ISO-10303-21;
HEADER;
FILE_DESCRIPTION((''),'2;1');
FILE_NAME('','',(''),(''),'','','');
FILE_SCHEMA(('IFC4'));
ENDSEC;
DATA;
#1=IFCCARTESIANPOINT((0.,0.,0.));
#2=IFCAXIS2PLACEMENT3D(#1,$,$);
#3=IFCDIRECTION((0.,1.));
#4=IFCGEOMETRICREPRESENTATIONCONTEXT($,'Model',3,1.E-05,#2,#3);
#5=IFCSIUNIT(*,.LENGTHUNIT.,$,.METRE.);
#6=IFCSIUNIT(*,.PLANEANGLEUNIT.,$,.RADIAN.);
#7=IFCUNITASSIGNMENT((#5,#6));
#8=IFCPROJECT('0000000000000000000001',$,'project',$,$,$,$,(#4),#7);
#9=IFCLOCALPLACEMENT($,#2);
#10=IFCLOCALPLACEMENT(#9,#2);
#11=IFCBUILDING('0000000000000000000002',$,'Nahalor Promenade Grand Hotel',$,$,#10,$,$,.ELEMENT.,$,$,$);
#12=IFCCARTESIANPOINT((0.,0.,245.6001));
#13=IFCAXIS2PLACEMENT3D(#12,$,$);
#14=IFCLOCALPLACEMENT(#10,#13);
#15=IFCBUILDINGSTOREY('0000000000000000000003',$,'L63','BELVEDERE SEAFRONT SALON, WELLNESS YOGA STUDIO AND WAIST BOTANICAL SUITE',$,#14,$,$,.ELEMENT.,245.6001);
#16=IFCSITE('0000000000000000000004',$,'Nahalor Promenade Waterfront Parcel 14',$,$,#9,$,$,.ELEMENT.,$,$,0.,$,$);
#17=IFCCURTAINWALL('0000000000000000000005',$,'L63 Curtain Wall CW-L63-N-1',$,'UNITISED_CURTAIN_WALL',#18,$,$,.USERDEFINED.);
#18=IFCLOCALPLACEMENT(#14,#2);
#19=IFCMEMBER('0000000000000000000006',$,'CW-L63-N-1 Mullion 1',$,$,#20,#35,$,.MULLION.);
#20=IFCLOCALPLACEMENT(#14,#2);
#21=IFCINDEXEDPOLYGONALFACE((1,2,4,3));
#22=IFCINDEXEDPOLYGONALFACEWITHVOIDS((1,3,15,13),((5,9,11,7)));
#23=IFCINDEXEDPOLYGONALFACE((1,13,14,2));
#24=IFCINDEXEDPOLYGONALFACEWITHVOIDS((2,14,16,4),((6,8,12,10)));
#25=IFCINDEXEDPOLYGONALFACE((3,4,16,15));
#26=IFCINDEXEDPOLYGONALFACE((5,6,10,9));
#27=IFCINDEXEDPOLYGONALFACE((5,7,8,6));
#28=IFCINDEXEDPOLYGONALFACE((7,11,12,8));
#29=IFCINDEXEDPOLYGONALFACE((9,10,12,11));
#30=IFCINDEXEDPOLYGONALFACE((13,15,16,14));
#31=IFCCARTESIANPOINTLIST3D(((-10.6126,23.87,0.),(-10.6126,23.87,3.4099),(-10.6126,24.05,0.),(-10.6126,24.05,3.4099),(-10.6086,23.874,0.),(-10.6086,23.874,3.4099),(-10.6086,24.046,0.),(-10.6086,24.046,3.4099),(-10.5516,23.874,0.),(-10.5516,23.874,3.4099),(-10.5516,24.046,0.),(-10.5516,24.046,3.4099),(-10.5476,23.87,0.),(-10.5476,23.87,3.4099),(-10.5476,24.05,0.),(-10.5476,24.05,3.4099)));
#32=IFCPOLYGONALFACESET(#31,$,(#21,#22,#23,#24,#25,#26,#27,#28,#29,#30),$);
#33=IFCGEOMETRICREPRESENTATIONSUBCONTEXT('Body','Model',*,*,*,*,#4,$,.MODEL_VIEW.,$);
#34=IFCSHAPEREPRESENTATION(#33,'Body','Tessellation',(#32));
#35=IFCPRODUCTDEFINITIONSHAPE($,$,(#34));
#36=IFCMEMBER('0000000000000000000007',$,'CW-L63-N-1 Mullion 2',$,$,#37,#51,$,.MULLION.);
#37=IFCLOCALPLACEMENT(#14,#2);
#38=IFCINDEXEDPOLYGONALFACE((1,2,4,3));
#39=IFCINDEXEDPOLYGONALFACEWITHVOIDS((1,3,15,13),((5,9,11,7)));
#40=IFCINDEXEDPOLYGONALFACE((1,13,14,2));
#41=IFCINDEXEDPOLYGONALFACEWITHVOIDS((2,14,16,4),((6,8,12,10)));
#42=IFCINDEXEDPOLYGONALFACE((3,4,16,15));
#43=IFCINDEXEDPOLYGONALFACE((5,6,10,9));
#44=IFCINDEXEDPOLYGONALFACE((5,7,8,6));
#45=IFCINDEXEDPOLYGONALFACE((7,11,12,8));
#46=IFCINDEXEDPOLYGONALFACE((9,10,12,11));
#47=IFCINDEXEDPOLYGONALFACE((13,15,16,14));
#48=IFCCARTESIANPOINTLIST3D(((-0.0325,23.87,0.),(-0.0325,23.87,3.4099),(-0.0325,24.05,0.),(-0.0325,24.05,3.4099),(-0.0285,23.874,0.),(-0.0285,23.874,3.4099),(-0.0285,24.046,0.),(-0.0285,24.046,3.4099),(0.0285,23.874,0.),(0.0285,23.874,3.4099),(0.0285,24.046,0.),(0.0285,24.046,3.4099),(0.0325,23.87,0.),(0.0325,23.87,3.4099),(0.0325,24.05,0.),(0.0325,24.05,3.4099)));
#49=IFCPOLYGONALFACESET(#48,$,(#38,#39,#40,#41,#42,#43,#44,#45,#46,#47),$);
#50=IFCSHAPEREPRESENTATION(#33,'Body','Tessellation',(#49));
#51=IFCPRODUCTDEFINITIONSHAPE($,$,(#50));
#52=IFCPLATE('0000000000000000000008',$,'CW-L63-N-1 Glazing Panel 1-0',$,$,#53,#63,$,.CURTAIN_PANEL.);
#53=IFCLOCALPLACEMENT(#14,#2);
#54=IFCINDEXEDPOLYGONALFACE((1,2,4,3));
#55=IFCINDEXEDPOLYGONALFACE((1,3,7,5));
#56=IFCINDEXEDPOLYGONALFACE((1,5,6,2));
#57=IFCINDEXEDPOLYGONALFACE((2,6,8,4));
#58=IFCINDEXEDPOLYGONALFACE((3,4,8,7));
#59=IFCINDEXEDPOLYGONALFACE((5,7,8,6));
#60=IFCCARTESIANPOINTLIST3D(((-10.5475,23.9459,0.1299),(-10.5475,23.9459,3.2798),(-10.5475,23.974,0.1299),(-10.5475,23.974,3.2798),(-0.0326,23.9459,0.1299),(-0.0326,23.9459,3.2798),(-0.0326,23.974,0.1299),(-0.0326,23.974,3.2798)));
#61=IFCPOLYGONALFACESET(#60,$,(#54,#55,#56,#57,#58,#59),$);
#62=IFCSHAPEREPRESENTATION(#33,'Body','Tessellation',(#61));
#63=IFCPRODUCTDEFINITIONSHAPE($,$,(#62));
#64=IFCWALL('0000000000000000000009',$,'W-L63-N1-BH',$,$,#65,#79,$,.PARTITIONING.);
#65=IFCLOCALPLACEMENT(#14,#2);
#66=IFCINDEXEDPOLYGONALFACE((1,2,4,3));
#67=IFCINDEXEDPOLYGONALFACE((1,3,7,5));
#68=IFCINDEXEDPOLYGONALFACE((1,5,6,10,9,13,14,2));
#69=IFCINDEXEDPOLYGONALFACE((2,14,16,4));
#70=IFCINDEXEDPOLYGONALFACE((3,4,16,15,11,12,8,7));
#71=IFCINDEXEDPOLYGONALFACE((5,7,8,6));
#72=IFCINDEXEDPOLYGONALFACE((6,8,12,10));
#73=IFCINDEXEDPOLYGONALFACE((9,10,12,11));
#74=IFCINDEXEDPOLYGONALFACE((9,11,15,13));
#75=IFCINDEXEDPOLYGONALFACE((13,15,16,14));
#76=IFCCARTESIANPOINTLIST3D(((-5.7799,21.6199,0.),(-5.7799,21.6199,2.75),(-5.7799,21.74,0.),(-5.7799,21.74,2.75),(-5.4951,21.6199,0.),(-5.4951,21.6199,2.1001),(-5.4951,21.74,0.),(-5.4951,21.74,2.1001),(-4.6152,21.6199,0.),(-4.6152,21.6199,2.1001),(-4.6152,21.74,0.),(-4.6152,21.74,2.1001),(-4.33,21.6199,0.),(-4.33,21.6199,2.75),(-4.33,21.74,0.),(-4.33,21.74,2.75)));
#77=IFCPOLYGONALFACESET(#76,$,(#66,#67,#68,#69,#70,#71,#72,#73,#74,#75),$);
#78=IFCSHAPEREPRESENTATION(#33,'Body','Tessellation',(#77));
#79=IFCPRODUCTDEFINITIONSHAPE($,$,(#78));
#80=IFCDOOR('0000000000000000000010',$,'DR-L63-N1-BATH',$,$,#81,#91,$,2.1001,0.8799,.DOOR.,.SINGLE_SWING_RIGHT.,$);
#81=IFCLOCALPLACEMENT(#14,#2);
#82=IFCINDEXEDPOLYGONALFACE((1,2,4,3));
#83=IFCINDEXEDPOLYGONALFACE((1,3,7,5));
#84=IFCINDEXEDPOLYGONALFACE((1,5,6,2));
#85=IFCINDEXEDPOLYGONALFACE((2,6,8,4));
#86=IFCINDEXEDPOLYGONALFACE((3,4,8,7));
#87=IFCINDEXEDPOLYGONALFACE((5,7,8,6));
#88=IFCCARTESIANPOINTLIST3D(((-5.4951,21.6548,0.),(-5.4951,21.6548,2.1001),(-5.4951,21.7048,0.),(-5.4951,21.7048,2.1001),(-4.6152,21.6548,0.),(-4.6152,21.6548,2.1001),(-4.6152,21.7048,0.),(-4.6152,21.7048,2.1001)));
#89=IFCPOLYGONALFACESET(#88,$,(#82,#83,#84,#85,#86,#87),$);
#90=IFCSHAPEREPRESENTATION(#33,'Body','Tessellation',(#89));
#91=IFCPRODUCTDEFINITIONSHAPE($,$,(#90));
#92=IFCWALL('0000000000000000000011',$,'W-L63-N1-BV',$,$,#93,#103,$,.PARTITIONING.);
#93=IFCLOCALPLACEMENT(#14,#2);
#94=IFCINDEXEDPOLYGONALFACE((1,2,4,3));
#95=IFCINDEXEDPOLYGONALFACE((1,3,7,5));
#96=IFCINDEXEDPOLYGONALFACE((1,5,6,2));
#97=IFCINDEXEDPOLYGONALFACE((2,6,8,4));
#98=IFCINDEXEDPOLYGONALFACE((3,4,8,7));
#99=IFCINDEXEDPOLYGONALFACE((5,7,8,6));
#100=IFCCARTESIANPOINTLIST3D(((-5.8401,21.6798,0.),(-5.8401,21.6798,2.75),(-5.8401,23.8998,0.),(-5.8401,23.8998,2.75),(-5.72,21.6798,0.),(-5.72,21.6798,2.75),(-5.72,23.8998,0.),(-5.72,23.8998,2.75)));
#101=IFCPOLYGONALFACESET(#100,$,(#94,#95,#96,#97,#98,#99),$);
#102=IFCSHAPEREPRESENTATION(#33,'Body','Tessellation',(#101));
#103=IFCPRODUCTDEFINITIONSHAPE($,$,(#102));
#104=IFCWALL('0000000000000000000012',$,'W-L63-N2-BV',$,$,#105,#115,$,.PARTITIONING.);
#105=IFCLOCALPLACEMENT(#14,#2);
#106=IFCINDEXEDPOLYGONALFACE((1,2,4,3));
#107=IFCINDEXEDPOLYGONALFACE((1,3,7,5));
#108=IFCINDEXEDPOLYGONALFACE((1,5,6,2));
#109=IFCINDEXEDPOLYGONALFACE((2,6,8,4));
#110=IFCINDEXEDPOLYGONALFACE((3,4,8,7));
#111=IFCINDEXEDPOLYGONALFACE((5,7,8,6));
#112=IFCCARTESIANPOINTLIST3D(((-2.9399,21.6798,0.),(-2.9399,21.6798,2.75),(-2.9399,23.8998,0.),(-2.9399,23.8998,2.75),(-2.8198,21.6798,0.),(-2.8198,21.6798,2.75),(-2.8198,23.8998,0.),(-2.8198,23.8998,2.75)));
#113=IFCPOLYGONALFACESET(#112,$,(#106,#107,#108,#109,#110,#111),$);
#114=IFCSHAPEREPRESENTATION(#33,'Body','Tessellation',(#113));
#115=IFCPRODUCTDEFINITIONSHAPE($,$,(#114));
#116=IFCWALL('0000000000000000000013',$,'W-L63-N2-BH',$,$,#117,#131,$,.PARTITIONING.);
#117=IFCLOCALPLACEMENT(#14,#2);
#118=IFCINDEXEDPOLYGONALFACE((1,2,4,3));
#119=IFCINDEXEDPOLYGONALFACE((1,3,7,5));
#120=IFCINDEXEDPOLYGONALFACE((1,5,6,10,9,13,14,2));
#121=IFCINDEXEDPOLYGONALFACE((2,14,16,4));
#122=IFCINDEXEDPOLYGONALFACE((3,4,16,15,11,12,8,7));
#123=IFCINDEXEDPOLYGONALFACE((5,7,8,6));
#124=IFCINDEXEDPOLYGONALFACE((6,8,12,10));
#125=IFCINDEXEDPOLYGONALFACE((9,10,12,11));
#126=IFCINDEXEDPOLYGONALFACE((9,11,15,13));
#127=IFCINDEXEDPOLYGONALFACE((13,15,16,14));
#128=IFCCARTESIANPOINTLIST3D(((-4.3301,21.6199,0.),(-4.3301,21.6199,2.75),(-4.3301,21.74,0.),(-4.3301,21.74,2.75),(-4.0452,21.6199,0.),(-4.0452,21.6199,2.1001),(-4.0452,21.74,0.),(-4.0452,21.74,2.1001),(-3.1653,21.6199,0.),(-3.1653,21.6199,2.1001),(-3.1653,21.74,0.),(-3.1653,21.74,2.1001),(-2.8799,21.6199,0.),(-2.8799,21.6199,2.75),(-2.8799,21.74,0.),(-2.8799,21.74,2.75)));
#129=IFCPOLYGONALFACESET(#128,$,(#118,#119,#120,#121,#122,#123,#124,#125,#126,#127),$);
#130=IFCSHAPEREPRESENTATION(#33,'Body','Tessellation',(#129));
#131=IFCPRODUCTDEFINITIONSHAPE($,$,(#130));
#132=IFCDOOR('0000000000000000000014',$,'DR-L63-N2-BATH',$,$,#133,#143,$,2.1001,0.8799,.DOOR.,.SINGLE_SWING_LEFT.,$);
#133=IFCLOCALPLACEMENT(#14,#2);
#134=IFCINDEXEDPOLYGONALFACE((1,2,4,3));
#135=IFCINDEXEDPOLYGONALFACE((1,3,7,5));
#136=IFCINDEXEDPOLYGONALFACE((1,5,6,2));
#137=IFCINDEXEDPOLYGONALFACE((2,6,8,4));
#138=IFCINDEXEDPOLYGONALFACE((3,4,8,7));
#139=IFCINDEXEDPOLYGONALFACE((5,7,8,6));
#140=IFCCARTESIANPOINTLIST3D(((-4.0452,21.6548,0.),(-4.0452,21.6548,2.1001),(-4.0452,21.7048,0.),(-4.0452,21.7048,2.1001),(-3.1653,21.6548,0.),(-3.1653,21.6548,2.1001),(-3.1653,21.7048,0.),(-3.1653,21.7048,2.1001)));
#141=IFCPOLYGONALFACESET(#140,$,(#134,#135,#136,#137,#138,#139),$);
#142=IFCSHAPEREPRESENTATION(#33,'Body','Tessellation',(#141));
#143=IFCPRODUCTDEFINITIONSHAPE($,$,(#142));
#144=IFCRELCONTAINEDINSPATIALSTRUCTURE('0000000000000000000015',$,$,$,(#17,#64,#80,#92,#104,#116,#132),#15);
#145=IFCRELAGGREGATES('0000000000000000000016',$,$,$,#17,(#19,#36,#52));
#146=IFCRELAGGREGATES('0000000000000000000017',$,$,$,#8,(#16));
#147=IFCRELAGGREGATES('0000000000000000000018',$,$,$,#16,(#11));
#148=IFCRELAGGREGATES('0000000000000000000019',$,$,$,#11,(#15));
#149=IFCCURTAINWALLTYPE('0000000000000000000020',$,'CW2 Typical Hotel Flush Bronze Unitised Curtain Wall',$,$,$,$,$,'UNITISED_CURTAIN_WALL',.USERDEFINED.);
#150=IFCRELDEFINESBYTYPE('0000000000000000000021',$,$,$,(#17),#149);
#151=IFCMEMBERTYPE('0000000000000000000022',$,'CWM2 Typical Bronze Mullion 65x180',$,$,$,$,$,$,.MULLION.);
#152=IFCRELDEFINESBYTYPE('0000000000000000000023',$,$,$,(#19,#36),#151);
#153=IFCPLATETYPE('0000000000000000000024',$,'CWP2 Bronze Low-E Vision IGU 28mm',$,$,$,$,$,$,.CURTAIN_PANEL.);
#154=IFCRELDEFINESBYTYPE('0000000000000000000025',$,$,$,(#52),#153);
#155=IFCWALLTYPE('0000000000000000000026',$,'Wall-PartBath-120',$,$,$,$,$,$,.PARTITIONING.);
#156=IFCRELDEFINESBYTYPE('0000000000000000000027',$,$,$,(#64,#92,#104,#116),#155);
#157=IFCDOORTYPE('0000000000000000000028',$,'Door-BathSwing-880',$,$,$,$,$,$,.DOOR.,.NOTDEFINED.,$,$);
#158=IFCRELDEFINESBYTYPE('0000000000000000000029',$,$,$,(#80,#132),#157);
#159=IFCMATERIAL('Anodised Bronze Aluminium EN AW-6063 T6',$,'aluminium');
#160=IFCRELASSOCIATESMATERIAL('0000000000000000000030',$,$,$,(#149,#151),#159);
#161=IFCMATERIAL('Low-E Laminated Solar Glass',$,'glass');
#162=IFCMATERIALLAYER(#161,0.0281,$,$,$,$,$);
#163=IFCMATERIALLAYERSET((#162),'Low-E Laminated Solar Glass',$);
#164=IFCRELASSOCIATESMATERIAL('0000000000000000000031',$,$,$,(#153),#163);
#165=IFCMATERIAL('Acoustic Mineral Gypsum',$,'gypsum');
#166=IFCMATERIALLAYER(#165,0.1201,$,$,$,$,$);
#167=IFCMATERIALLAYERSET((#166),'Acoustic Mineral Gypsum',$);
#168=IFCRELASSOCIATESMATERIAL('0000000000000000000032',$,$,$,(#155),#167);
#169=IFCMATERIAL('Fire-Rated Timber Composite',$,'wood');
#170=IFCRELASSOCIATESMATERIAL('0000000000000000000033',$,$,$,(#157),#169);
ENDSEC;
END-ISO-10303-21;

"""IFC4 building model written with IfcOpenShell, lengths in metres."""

from ifc_helpers import new_model, si_unit, direction, frame, frame_2d, origin, origin_2d, place, context, subcontext, project, spatial, rectangle, hollow_rectangle, extrude, source, transform, mapped, material, layer, layer_set, material_profile, profile_set, type_object, element, fill, aggregate, save


model = new_model("IFC4")

# Units and contexts
model_context = context("Model", 3, precision=1e-05, world=origin(), true_north=direction((0.0, 1.0)))
body_context = subcontext(model_context, "Body", "Model", "MODEL_VIEW")
ifc_project = project(units=[si_unit("LENGTHUNIT", "METRE"), si_unit("PLANEANGLEUNIT", "RADIAN")], contexts=[model_context])

# Site, building, storey
site_placement = place(None, origin())
site = spatial("IfcSite", under=ifc_project, at=site_placement, Name="Nahalor Promenade Waterfront Parcel 14", CompositionType="ELEMENT", RefElevation=0.0)
building_placement = place(site_placement, origin())
building = spatial("IfcBuilding", under=site, at=building_placement, Name="Nahalor Promenade Grand Hotel", CompositionType="ELEMENT")
storey_placement = place(building_placement, frame((0.0, 0.0, 245.6001)))
storey = spatial("IfcBuildingStorey", under=building, at=storey_placement, Name="L63", Description="BELVEDERE SEAFRONT SALON, WELLNESS YOGA STUDIO AND WAIST BOTANICAL SUITE", CompositionType="ELEMENT", Elevation=245.6001)

# Curtain wall, members, plate
ifc_material_1 = material(Name="Anodised Bronze Aluminium EN AW-6063 T6", Category="aluminium")
curtain_wall_type = type_object("IfcCurtainWallType", Name="CW2 Typical Hotel Flush Bronze Unitised Curtain Wall", ElementType="UNITISED_CURTAIN_WALL", PredefinedType="USERDEFINED", material=ifc_material_1)
curtain_wall_placement = place(storey_placement, origin())
curtain_wall = element("IfcCurtainWall", 1, at=curtain_wall_placement, inside=storey, type_object=curtain_wall_type, Name="L63 Curtain Wall CW-L63-N-1", ObjectType="UNITISED_CURTAIN_WALL", PredefinedType="USERDEFINED")
ifc_material_profile_1 = material_profile(ifc_material_1, hollow_rectangle(XDim=0.065, YDim=0.18, WallThickness=0.004, at=origin_2d()), Name="CWM 65x180x4")
ifc_profile_set_1 = profile_set([ifc_material_profile_1], Name="Anodised Bronze Aluminium EN AW-6063 T6")
member_type_1 = type_object("IfcMemberType", Name="CWM2 Typical Bronze Mullion 65x180", PredefinedType="MULLION", material=ifc_profile_set_1)
shared_shape_1 = source(origin(), body_context, "Body", "SweptSolid", [
    extrude(hollow_rectangle(XDim=0.065, YDim=0.18, WallThickness=0.004, at=origin_2d()), origin(), (0.0, 0.0, 1.0), 3.4099),
])
member_1_placement = place(storey_placement, frame((-10.5801, 23.96, 0.0), z_axis=(0.0, 0.0, 1.0), x_axis=(1.0, 0.0, 0.0)))
member_1 = element("IfcMember", 2, at=member_1_placement, type_object=member_type_1, Name="CW-L63-N-1 Mullion 1", PredefinedType="MULLION", context=body_context, shape_type="MappedRepresentation", body=[
    mapped(shared_shape_1, transform((0.0, 0.0, 0.0), scale=1.0)),
])
member_2_placement = place(storey_placement, frame((0.0, 23.96, 0.0), z_axis=(0.0, 0.0, 1.0), x_axis=(1.0, 0.0, 0.0)))
member_2 = element("IfcMember", 3, at=member_2_placement, type_object=member_type_1, Name="CW-L63-N-1 Mullion 2", PredefinedType="MULLION", context=body_context, shape_type="MappedRepresentation", body=[
    mapped(shared_shape_1, transform((0.0, 0.0, 0.0), scale=1.0)),
])
ifc_material_2 = material(Name="Low-E Laminated Solar Glass", Category="glass")
ifc_layer_1 = layer(ifc_material_2, 0.0281)
ifc_layer_set_1 = layer_set([ifc_layer_1], Name="Low-E Laminated Solar Glass")
plate_type = type_object("IfcPlateType", Name="CWP2 Bronze Low-E Vision IGU 28mm", PredefinedType="CURTAIN_PANEL", material=ifc_layer_set_1)
shared_shape_2 = source(origin(), body_context, "Body", "SweptSolid", [
    extrude(rectangle(XDim=10.5149, YDim=0.0281, at=origin_2d()), origin(), (0.0, 0.0, 1.0), 3.1499),
])
plate_placement = place(storey_placement, frame((-5.29, 23.96, 0.1299), z_axis=(0.0, 0.0, 1.0), x_axis=(1.0, 0.0, 0.0)))
plate = element("IfcPlate", 4, at=plate_placement, type_object=plate_type, Name="CW-L63-N-1 Glazing Panel 1-0", PredefinedType="CURTAIN_PANEL", context=body_context, shape_type="MappedRepresentation", body=[
    mapped(shared_shape_2, transform((0.0, 0.0, 0.0), scale=1.0)),
])
aggregate(curtain_wall, [member_1, member_2, plate])

# Wall, opening, door
ifc_material_3 = material(Name="Acoustic Mineral Gypsum", Category="gypsum")
ifc_layer_2 = layer(ifc_material_3, 0.1201)
ifc_layer_set_2 = layer_set([ifc_layer_2], Name="Acoustic Mineral Gypsum")
wall_type = type_object("IfcWallType", Name="Wall-PartBath-120", PredefinedType="PARTITIONING", material=ifc_layer_set_2)
shared_shape_3 = source(origin(), body_context, "Body", "SweptSolid", [
    extrude(rectangle(XDim=1.45, YDim=0.1201, at=frame_2d((0.7251, 0.0))), origin(), (0.0, 0.0, 1.0), 2.75),
])
wall_1_placement = place(storey_placement, frame((-5.78, 21.6799, 0.0), z_axis=(0.0, 0.0, 1.0), x_axis=(1.0, 0.0, 0.0)))
wall_1 = element("IfcWall", 5, at=wall_1_placement, inside=storey, type_object=wall_type, Name="W-L63-N1-BH", PredefinedType="PARTITIONING", context=body_context, shape_type="MappedRepresentation", body=[
    mapped(shared_shape_3, transform((0.0, 0.0, 0.0), scale=1.0)),
])
opening_1_placement = place(wall_1_placement, frame((0.2849, 0.0, 0.0)))
opening_1 = element("IfcOpeningElement", 6, at=opening_1_placement, cuts=wall_1, PredefinedType="OPENING", context=body_context, shape_type="SweptSolid", body=[
    extrude(rectangle(XDim=0.8799, YDim=2.1001, at=frame_2d((0.4399, 1.05))), frame((0.0, 0.0701, 0.0), z_axis=(0.0, -1.0, 0.0), x_axis=(1.0, 0.0, 0.0)), (0.0, 0.0, 1.0), 0.1401),
])
ifc_material_4 = material(Name="Fire-Rated Timber Composite", Category="wood")
door_type = type_object("IfcDoorType", Name="Door-BathSwing-880", OperationType="NOTDEFINED", PredefinedType="DOOR", material=ifc_material_4)
shared_shape_4 = source(origin(), body_context, "Body", "SweptSolid", [
    extrude(rectangle(XDim=0.8799, YDim=2.1001, at=frame_2d((0.4399, 1.05))), frame((0.0, 0.0249, 0.0), z_axis=(0.0, -1.0, 0.0), x_axis=(1.0, 0.0, 0.0)), (0.0, 0.0, 1.0), 0.05),
])
door_1_placement = place(opening_1_placement, origin())
door_1 = element("IfcDoor", 7, at=door_1_placement, inside=storey, type_object=door_type, Name="DR-L63-N1-BATH", OperationType="SINGLE_SWING_RIGHT", OverallHeight=2.1001, OverallWidth=0.8799, PredefinedType="DOOR", context=body_context, shape_type="MappedRepresentation", body=[
    mapped(shared_shape_4, transform((0.0, 0.0, 0.0), scale=1.0)),
])
fill(opening_1, door_1)

# Walls
shared_shape_5 = source(origin(), body_context, "Body", "SweptSolid", [
    extrude(rectangle(XDim=2.22, YDim=0.1201, at=frame_2d((1.1099, 0.0))), origin(), (0.0, 0.0, 1.0), 2.75),
])
for number, where, z_axis, x_axis, name in (
    (8, (-5.78, 21.6799, 0.0), (0.0, 0.0, 1.0), (0.0, 1.0, 0.0), "W-L63-N1-BV"),
    (9, (-2.8799, 21.6799, 0.0), (0.0, 0.0, 1.0), (0.0, 1.0, 0.0), "W-L63-N2-BV"),
):
    element("IfcWall", number, at=place(storey_placement, frame(where, z_axis=z_axis, x_axis=x_axis)), inside=storey, type_object=wall_type, Name=name, PredefinedType="PARTITIONING", context=body_context, shape_type="MappedRepresentation", body=[
        mapped(shared_shape_5, transform((0.0, 0.0, 0.0), scale=1.0)),
    ])

# Wall, opening, door
shared_shape_6 = source(origin(), body_context, "Body", "SweptSolid", [
    extrude(rectangle(XDim=1.4502, YDim=0.1201, at=frame_2d((0.7251, 0.0))), origin(), (0.0, 0.0, 1.0), 2.75),
])
wall_2_placement = place(storey_placement, frame((-4.3301, 21.6799, 0.0), z_axis=(0.0, 0.0, 1.0), x_axis=(1.0, 0.0, 0.0)))
wall_2 = element("IfcWall", 10, at=wall_2_placement, inside=storey, type_object=wall_type, Name="W-L63-N2-BH", PredefinedType="PARTITIONING", context=body_context, shape_type="MappedRepresentation", body=[
    mapped(shared_shape_6, transform((0.0, 0.0, 0.0), scale=1.0)),
])
opening_2_placement = place(wall_2_placement, frame((0.2849, 0.0, 0.0)))
opening_2 = element("IfcOpeningElement", 11, at=opening_2_placement, cuts=wall_2, PredefinedType="OPENING", context=body_context, shape_type="SweptSolid", body=[
    extrude(rectangle(XDim=0.8799, YDim=2.1001, at=frame_2d((0.4399, 1.05))), frame((0.0, 0.0701, 0.0), z_axis=(0.0, -1.0, 0.0), x_axis=(1.0, 0.0, 0.0)), (0.0, 0.0, 1.0), 0.1401),
])
door_2_placement = place(opening_2_placement, origin())
door_2 = element("IfcDoor", 12, at=door_2_placement, inside=storey, type_object=door_type, Name="DR-L63-N2-BATH", OperationType="SINGLE_SWING_LEFT", OverallHeight=2.1001, OverallWidth=0.8799, PredefinedType="DOOR", context=body_context, shape_type="MappedRepresentation", body=[
    mapped(shared_shape_4, transform((0.0, 0.0, 0.0), scale=1.0)),
])
fill(opening_2, door_2)

save(model, "model.ifc")
